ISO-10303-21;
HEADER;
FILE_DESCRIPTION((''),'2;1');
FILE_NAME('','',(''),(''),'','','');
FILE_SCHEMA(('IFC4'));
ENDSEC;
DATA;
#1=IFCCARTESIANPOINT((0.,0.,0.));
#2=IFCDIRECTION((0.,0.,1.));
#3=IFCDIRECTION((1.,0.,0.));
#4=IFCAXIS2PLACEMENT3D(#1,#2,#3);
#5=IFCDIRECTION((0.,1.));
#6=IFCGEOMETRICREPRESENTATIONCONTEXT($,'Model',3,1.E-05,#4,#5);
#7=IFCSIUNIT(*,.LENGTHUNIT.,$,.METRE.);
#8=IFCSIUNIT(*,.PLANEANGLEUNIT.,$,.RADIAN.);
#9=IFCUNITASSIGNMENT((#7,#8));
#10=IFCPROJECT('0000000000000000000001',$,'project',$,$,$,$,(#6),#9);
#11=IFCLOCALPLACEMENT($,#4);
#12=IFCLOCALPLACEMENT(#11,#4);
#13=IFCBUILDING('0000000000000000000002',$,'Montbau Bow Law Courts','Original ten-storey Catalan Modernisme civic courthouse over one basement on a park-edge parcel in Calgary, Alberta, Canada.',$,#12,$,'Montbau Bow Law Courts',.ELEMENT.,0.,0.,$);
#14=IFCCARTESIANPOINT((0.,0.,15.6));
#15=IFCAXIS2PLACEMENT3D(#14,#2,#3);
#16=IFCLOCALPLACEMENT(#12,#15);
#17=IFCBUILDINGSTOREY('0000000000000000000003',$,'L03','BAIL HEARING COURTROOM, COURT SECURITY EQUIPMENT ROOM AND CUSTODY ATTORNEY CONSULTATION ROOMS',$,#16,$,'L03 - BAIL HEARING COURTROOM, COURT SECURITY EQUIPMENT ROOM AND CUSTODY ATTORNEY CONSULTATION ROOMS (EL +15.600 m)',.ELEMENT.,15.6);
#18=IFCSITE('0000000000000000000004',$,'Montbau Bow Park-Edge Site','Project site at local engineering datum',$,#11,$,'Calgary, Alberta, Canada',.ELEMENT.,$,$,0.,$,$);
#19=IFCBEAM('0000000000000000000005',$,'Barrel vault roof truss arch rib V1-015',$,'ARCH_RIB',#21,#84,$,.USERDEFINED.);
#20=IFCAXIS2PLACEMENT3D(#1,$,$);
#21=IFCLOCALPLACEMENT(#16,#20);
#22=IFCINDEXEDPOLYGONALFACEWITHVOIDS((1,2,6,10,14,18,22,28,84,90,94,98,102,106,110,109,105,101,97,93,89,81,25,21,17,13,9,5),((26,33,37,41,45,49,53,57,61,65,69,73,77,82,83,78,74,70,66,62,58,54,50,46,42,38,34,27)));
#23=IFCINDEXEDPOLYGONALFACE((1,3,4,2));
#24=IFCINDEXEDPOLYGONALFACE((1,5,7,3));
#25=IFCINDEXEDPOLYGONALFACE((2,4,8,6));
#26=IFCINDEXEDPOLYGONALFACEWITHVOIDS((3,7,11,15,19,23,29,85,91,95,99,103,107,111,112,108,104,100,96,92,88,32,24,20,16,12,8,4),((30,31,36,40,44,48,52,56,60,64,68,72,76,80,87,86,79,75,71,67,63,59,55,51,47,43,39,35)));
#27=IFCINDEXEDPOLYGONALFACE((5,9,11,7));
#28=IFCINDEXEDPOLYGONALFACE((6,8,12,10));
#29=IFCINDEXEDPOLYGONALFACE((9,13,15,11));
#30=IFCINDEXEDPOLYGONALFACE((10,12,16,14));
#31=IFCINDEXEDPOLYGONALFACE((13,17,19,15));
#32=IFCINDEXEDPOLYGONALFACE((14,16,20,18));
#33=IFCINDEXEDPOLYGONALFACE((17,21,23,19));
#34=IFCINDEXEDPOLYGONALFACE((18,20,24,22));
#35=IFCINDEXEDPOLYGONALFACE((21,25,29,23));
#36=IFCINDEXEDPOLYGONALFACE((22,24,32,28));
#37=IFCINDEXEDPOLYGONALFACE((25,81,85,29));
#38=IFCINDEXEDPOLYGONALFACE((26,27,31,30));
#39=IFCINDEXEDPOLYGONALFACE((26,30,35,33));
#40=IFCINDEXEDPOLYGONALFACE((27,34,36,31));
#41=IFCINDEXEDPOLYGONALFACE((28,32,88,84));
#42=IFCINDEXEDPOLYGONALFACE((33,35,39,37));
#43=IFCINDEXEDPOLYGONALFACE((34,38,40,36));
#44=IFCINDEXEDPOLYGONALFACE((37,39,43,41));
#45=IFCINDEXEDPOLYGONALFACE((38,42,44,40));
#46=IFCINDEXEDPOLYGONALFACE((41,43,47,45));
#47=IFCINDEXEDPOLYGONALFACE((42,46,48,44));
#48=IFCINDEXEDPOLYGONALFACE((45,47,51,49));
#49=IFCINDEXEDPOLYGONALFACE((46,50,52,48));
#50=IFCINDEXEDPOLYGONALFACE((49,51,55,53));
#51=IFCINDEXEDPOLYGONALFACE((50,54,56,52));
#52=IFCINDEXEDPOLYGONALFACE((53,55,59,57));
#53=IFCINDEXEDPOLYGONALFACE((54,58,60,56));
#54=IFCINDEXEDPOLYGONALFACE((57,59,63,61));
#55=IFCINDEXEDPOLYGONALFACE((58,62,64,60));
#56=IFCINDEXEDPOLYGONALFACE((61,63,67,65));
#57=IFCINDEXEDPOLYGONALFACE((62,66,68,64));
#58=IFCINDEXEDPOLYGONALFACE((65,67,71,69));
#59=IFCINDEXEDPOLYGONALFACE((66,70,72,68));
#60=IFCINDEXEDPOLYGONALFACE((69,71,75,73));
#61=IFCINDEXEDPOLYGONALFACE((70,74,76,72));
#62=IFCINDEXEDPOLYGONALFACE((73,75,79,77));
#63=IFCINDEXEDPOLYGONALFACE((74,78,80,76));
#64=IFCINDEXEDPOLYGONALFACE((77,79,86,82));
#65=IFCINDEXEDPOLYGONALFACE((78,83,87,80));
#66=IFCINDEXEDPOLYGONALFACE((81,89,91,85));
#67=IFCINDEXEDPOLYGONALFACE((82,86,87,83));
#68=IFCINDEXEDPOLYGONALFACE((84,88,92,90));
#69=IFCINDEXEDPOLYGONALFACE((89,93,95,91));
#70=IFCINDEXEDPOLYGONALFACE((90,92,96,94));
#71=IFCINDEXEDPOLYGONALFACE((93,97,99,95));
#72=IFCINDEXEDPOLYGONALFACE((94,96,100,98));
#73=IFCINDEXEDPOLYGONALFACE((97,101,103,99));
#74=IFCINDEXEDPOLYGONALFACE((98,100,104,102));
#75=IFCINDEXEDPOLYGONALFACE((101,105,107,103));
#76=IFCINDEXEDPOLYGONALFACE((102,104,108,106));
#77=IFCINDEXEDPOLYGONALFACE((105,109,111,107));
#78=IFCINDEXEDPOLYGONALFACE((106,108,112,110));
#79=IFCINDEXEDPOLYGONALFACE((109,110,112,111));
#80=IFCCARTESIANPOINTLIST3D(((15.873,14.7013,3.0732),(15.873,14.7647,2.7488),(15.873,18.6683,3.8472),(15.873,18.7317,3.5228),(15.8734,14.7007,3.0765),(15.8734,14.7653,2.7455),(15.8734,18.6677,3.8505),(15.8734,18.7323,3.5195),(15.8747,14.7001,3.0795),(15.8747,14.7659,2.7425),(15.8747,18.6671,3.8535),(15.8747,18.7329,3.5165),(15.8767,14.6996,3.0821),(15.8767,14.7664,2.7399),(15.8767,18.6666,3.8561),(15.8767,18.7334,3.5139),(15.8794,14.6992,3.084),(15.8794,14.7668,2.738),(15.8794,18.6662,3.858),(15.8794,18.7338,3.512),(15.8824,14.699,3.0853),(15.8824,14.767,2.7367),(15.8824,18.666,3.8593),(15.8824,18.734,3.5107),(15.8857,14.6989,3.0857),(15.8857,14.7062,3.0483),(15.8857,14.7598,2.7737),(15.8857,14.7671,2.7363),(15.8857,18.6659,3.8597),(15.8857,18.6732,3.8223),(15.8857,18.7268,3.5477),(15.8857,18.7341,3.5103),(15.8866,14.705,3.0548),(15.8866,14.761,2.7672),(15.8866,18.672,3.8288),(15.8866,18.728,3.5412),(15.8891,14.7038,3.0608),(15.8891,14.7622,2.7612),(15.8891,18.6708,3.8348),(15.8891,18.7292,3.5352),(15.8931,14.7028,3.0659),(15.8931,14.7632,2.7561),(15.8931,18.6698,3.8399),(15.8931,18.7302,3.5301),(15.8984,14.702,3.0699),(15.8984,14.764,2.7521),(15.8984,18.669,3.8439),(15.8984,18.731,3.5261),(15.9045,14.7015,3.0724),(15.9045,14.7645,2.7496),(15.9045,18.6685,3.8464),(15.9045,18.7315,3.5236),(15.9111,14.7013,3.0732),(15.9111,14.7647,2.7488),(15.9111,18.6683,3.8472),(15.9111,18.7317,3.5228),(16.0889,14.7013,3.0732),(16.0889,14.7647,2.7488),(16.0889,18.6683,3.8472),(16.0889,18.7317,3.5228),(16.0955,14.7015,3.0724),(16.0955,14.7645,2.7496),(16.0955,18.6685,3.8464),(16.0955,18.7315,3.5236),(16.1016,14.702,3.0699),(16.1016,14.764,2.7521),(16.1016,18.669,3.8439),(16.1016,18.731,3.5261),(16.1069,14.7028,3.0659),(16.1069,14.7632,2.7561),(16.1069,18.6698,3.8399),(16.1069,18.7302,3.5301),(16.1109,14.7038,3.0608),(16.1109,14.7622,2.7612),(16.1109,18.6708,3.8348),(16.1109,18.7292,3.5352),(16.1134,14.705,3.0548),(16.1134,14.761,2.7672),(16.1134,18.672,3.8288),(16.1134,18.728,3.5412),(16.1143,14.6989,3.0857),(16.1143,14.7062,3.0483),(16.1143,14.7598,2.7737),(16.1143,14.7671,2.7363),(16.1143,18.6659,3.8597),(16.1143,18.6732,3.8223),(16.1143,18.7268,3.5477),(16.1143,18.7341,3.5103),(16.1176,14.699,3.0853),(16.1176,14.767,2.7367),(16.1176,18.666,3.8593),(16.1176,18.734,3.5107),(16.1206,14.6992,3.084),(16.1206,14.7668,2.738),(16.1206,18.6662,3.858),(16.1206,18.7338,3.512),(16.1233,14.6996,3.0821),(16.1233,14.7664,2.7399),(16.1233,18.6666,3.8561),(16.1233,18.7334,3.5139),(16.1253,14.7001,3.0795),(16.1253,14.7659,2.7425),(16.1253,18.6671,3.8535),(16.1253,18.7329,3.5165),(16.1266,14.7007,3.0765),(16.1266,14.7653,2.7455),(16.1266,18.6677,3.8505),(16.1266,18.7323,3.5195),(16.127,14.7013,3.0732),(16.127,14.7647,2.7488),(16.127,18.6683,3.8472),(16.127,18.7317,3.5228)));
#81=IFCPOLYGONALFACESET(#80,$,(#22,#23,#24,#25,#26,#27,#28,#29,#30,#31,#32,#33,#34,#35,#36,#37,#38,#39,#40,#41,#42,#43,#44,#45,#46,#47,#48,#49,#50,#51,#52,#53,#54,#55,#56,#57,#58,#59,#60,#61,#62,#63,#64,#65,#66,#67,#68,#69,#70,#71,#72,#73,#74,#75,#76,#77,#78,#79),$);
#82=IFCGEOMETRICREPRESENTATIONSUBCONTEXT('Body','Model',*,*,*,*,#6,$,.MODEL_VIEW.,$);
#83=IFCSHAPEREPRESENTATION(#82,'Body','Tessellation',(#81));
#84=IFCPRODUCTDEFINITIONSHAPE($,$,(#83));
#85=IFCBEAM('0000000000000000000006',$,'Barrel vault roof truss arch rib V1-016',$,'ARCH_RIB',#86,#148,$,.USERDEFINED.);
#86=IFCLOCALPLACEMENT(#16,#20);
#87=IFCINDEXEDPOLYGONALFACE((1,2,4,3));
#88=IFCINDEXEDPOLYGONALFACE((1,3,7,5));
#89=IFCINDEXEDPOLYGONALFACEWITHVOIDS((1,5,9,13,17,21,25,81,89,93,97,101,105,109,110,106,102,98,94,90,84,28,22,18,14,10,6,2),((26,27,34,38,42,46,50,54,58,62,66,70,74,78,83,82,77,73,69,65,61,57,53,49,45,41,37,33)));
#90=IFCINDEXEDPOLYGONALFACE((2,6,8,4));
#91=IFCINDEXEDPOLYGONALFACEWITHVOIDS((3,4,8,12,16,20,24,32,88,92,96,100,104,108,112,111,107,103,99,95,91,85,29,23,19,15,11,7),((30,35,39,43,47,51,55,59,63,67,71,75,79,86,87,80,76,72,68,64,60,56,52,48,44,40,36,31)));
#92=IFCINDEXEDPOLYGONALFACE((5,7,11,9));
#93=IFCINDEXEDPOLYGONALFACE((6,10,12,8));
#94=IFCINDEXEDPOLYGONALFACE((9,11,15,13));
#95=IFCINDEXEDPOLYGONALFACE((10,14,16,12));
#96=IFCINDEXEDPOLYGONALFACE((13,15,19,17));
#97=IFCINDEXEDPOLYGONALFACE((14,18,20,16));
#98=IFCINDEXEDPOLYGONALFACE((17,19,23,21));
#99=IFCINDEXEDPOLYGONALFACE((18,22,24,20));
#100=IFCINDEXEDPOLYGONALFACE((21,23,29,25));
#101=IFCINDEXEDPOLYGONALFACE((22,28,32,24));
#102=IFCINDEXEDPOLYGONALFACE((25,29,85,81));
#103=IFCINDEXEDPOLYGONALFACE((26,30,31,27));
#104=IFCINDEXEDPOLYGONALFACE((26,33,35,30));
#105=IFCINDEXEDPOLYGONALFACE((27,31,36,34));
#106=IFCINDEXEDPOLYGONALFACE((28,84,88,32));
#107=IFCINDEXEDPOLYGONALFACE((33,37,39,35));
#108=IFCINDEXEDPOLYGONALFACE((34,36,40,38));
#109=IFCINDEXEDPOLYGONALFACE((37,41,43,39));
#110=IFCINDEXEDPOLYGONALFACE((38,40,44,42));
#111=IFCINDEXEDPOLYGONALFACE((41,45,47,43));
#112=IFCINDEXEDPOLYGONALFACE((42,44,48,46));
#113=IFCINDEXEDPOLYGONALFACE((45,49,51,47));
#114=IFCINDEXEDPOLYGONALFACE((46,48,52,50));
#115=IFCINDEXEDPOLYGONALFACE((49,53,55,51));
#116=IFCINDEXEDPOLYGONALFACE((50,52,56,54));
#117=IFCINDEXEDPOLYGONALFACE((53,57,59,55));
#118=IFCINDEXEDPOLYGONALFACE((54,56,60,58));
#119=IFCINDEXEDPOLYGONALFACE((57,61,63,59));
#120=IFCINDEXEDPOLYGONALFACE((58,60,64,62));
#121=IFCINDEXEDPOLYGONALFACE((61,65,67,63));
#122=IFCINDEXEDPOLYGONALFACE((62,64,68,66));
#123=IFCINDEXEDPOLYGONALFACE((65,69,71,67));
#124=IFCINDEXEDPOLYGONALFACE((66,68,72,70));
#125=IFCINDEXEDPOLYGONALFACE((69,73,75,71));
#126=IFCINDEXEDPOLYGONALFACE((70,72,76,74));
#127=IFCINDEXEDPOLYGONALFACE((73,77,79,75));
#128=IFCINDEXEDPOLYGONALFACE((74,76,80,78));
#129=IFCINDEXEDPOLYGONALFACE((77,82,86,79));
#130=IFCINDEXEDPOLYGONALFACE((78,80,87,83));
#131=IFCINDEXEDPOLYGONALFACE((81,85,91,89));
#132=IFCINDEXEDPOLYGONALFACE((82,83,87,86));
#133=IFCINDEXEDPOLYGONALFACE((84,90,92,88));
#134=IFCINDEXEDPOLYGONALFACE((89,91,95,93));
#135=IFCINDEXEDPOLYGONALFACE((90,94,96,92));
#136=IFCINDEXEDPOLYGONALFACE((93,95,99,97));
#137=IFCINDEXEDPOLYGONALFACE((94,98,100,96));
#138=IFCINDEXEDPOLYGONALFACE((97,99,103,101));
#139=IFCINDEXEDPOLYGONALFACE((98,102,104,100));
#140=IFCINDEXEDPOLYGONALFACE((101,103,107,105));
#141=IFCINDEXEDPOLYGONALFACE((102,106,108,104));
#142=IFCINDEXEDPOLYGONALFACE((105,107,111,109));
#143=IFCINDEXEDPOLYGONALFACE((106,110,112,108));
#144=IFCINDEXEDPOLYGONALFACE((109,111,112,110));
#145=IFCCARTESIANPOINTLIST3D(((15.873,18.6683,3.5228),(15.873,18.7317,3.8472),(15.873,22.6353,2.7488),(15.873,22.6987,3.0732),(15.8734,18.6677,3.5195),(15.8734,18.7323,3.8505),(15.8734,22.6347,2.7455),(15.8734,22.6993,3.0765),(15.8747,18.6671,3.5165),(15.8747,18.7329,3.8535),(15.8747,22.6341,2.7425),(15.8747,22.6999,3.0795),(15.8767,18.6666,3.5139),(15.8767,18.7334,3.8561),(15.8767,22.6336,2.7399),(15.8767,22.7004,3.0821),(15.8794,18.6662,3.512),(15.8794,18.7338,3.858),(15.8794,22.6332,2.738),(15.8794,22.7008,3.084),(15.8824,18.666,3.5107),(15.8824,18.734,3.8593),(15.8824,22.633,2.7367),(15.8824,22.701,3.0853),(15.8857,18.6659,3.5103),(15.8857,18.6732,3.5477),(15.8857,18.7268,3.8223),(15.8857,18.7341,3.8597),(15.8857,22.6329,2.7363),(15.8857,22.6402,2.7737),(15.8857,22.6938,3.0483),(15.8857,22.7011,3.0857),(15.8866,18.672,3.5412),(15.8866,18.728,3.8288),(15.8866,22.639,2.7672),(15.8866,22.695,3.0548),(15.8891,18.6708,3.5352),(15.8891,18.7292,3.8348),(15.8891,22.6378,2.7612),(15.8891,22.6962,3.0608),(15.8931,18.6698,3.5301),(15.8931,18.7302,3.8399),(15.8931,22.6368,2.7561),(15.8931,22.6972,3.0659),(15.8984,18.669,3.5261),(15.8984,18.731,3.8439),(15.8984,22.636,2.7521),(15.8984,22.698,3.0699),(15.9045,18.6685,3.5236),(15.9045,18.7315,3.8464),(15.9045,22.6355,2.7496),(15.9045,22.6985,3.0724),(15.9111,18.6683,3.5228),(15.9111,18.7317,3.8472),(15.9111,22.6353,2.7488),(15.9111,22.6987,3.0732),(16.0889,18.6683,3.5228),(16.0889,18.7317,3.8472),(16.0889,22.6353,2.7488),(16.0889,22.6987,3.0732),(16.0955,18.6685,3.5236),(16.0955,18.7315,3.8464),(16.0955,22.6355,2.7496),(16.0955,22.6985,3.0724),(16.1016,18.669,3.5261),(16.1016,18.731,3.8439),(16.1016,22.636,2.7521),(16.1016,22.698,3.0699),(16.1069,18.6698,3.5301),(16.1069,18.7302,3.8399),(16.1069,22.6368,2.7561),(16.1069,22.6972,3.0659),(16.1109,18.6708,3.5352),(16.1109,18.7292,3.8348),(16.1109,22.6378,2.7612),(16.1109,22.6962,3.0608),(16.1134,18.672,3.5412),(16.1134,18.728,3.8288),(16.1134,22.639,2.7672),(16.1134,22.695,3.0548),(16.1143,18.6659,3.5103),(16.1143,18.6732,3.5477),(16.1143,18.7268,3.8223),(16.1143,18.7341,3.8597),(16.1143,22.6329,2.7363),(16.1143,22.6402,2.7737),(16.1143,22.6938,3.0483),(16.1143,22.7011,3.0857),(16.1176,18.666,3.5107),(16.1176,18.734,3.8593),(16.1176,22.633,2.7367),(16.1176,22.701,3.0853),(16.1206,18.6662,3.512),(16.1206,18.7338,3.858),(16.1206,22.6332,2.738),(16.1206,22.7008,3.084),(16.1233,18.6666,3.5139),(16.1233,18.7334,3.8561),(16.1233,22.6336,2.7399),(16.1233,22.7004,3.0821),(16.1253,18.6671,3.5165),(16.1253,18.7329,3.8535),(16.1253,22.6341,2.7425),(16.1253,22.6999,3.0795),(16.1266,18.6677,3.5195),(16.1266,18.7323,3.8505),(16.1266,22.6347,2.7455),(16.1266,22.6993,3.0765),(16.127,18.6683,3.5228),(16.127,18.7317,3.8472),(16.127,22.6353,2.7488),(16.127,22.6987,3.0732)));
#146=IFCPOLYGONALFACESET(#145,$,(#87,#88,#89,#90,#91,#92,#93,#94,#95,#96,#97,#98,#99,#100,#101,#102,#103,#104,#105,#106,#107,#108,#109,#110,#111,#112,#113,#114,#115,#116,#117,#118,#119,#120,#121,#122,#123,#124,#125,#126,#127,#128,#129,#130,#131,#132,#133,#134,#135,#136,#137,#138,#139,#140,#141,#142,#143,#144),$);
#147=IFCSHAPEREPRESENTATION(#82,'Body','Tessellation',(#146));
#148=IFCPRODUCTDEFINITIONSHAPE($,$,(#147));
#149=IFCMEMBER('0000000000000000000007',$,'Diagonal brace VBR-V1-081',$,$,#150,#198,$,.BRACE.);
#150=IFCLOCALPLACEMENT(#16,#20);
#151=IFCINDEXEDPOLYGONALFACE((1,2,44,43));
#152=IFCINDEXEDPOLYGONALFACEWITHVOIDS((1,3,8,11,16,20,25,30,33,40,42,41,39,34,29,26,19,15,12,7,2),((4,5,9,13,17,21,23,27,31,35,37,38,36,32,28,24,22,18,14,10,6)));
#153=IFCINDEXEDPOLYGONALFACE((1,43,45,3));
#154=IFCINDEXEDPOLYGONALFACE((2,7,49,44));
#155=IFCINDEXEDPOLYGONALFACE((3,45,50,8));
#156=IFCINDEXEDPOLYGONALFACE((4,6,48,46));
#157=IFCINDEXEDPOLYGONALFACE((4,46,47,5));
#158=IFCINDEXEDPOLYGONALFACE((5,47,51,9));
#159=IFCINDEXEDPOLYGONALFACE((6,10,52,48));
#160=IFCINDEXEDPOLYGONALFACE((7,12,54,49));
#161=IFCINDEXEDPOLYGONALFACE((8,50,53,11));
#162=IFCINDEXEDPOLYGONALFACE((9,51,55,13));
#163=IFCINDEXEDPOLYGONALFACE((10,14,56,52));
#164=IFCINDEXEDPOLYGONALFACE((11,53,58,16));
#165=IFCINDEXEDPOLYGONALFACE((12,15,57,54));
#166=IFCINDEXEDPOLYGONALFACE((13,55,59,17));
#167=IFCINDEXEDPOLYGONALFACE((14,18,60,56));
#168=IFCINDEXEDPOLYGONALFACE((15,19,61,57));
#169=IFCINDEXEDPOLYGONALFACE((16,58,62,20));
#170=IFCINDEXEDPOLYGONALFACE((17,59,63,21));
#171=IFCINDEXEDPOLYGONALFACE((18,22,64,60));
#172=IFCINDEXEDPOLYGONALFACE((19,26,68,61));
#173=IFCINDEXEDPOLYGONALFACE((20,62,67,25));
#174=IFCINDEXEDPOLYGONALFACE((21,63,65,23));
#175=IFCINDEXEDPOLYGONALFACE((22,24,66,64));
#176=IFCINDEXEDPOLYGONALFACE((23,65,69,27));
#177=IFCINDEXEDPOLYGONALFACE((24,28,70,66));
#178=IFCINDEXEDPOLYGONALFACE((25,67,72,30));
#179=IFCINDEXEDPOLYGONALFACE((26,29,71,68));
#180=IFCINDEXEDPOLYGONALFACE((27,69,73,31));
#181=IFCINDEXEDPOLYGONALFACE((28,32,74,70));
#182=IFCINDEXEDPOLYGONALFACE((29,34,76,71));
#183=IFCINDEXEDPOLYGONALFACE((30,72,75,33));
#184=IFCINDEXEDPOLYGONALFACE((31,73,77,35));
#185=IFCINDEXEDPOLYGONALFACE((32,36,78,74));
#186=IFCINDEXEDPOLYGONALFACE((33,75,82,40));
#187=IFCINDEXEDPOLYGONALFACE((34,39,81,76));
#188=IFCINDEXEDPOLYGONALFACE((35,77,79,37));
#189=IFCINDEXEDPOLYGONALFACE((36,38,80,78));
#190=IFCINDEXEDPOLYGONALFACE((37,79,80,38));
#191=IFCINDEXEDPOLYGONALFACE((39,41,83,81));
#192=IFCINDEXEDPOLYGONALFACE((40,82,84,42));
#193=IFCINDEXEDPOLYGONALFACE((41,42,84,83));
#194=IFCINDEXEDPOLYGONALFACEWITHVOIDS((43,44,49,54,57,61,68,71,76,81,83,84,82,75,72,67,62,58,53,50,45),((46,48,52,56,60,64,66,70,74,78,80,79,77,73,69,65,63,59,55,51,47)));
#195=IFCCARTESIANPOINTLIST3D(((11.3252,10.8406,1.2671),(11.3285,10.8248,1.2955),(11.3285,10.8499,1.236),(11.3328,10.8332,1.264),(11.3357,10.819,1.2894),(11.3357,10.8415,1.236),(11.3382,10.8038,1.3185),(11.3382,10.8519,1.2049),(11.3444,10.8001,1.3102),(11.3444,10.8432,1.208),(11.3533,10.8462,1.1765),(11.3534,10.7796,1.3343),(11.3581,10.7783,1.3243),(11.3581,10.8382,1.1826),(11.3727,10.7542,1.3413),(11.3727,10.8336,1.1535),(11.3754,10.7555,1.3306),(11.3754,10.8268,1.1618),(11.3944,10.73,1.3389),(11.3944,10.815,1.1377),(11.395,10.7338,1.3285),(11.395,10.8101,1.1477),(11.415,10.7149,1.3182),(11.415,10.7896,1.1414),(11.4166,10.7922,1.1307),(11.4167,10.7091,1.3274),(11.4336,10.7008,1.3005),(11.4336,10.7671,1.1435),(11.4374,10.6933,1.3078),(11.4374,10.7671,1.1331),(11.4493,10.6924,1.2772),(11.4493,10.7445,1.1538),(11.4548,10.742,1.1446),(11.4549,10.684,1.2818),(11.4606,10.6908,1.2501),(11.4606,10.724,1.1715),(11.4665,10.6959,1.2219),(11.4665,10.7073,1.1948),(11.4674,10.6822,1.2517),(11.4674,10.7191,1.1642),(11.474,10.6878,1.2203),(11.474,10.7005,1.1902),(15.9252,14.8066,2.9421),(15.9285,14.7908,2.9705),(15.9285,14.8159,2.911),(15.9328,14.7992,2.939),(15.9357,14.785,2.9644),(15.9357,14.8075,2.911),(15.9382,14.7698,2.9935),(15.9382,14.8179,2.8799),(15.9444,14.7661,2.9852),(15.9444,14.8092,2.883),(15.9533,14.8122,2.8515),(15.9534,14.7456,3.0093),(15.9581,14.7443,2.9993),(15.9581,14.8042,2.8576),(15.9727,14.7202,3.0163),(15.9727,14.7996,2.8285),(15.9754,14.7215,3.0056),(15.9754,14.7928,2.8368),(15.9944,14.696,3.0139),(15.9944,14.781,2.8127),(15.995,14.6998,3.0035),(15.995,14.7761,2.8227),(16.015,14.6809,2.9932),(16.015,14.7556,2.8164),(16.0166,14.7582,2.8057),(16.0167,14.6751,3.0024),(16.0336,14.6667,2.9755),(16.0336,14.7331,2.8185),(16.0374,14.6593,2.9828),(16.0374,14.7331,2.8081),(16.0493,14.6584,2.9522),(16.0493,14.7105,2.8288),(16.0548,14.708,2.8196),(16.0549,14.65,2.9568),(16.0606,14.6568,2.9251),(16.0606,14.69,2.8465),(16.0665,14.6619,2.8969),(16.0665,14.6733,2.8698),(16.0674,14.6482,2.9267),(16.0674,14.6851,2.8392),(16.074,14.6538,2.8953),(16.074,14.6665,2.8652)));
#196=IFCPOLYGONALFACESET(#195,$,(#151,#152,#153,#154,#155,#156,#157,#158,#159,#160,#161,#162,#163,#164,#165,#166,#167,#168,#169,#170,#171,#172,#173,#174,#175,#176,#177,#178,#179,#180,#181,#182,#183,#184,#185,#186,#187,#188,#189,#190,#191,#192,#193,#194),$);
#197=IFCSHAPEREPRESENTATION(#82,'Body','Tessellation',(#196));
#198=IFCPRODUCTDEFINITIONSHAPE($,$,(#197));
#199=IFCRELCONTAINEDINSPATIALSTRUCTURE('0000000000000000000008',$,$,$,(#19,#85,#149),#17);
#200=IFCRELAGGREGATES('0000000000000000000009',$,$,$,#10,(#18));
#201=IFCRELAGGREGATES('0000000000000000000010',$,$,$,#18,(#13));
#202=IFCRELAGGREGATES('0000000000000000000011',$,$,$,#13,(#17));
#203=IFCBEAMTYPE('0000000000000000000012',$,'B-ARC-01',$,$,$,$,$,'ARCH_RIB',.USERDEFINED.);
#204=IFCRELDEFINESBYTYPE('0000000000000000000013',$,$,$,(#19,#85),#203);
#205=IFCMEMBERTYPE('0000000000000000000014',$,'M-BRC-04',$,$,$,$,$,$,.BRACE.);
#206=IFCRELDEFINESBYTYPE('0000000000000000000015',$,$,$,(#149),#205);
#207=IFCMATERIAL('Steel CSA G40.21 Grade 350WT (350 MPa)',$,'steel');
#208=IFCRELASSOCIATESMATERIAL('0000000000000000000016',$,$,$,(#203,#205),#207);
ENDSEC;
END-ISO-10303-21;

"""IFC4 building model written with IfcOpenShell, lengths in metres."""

from ifc_helpers import new_model, si_unit, direction, frame, origin_with_axes, origin_2d_with_axis, place, context, subcontext, project, spatial, hollow_rectangle, hollow_circle, extrude, material, material_profile, profile_set, type_object, element, save


model = new_model("IFC4")

# Units and contexts
model_context = context("Model", 3, precision=1e-05, world=origin_with_axes(), true_north=direction((0.0, 1.0)))
body_context = subcontext(model_context, "Body", "Model", "MODEL_VIEW")
ifc_project = project(units=[si_unit("LENGTHUNIT", "METRE"), si_unit("PLANEANGLEUNIT", "RADIAN")], contexts=[model_context])

# Site, building, storey
site_placement = place(None, origin_with_axes())
site = spatial("IfcSite", under=ifc_project, at=site_placement, Name="Montbau Bow Park-Edge Site", Description="Project site at local engineering datum", LongName="Calgary, Alberta, Canada", CompositionType="ELEMENT", RefElevation=0.0)
building_placement = place(site_placement, origin_with_axes())
building = spatial("IfcBuilding", under=site, at=building_placement, Name="Montbau Bow Law Courts", Description="Original ten-storey Catalan Modernisme civic courthouse over one basement on a park-edge parcel in Calgary, Alberta, Canada.", LongName="Montbau Bow Law Courts", CompositionType="ELEMENT", ElevationOfRefHeight=0.0, ElevationOfTerrain=0.0)
storey_placement = place(building_placement, frame((0.0, 0.0, 15.6), z_axis=(0.0, 0.0, 1.0), x_axis=(1.0, 0.0, 0.0)))
storey = spatial("IfcBuildingStorey", under=building, at=storey_placement, Name="L03", Description="BAIL HEARING COURTROOM, COURT SECURITY EQUIPMENT ROOM AND CUSTODY ATTORNEY CONSULTATION ROOMS", LongName="L03 - BAIL HEARING COURTROOM, COURT SECURITY EQUIPMENT ROOM AND CUSTODY ATTORNEY CONSULTATION ROOMS (EL +15.600 m)", CompositionType="ELEMENT", Elevation=15.6)

# Beams
ifc_material_1 = material(Name="Steel CSA G40.21 Grade 350WT (350 MPa)", Category="steel")
ifc_material_profile_1 = material_profile(ifc_material_1, hollow_rectangle(XDim=0.254, YDim=0.356, WallThickness=0.0127, InnerFilletRadius=0.0254, OuterFilletRadius=0.0127, at=origin_2d_with_axis()), Name="HSS356X254X13", Category="Main", Priority=0)
ifc_profile_set_1 = profile_set([ifc_material_profile_1], Name="Steel CSA G40.21 Grade 350WT (350 MPa)")
beam_type = type_object("IfcBeamType", Name="B-ARC-01", ElementType="ARCH_RIB", PredefinedType="USERDEFINED", material=ifc_profile_set_1)
for number, where, z_axis, x_axis, name in (
    (1, (16.0, 14.733, 18.511), (0.0, 0.981493, 0.191499), (-1.0, 0.0, 0.0), "Barrel vault roof truss arch rib V1-015"),
    (2, (16.0, 18.7, 19.285), (0.0, 0.981493, -0.191499), (-1.0, 0.0, 0.0), "Barrel vault roof truss arch rib V1-016"),
):
    element("IfcBeam", number, at=place(None, frame(where, z_axis=z_axis, x_axis=x_axis)), inside=storey, type_object=beam_type, Name=name, ObjectType="ARCH_RIB", PredefinedType="USERDEFINED", context=body_context, shape_type="SweptSolid", body=[
        extrude(hollow_rectangle(XDim=0.254, YDim=0.356, WallThickness=0.0127, InnerFilletRadius=0.0254, OuterFilletRadius=0.0127, at=origin_2d_with_axis()), origin_with_axes(), (0.0, 0.0, 1.0), 4.0418),
    ])

# Member
ifc_material_profile_2 = material_profile(ifc_material_1, hollow_circle(Radius=0.1095, WallThickness=0.0111, at=origin_2d_with_axis()), Name="HSS219X11", Category="Main", Priority=0)
ifc_profile_set_2 = profile_set([ifc_material_profile_2], Name="Steel CSA G40.21 Grade 350WT (350 MPa)")
member_type_1 = type_object("IfcMemberType", Name="M-BRC-04", PredefinedType="BRACE", material=ifc_profile_set_2)
for number, where, z_axis, x_axis, name in (
    (3, (11.4, 10.767, 16.836), (0.730115, 0.629486, 0.265857), (-0.652985, 0.757371, 0.0), "Diagonal brace VBR-V1-081"),
):
    element("IfcMember", number, at=place(None, frame(where, z_axis=z_axis, x_axis=x_axis)), inside=storey, type_object=member_type_1, Name=name, PredefinedType="BRACE", context=body_context, shape_type="SweptSolid", body=[
        extrude(hollow_circle(Radius=0.1095, WallThickness=0.0111, at=origin_2d_with_axis()), origin_with_axes(), (0.0, 0.0, 1.0), 6.3004),
    ])

save(model, "model.ifc")
